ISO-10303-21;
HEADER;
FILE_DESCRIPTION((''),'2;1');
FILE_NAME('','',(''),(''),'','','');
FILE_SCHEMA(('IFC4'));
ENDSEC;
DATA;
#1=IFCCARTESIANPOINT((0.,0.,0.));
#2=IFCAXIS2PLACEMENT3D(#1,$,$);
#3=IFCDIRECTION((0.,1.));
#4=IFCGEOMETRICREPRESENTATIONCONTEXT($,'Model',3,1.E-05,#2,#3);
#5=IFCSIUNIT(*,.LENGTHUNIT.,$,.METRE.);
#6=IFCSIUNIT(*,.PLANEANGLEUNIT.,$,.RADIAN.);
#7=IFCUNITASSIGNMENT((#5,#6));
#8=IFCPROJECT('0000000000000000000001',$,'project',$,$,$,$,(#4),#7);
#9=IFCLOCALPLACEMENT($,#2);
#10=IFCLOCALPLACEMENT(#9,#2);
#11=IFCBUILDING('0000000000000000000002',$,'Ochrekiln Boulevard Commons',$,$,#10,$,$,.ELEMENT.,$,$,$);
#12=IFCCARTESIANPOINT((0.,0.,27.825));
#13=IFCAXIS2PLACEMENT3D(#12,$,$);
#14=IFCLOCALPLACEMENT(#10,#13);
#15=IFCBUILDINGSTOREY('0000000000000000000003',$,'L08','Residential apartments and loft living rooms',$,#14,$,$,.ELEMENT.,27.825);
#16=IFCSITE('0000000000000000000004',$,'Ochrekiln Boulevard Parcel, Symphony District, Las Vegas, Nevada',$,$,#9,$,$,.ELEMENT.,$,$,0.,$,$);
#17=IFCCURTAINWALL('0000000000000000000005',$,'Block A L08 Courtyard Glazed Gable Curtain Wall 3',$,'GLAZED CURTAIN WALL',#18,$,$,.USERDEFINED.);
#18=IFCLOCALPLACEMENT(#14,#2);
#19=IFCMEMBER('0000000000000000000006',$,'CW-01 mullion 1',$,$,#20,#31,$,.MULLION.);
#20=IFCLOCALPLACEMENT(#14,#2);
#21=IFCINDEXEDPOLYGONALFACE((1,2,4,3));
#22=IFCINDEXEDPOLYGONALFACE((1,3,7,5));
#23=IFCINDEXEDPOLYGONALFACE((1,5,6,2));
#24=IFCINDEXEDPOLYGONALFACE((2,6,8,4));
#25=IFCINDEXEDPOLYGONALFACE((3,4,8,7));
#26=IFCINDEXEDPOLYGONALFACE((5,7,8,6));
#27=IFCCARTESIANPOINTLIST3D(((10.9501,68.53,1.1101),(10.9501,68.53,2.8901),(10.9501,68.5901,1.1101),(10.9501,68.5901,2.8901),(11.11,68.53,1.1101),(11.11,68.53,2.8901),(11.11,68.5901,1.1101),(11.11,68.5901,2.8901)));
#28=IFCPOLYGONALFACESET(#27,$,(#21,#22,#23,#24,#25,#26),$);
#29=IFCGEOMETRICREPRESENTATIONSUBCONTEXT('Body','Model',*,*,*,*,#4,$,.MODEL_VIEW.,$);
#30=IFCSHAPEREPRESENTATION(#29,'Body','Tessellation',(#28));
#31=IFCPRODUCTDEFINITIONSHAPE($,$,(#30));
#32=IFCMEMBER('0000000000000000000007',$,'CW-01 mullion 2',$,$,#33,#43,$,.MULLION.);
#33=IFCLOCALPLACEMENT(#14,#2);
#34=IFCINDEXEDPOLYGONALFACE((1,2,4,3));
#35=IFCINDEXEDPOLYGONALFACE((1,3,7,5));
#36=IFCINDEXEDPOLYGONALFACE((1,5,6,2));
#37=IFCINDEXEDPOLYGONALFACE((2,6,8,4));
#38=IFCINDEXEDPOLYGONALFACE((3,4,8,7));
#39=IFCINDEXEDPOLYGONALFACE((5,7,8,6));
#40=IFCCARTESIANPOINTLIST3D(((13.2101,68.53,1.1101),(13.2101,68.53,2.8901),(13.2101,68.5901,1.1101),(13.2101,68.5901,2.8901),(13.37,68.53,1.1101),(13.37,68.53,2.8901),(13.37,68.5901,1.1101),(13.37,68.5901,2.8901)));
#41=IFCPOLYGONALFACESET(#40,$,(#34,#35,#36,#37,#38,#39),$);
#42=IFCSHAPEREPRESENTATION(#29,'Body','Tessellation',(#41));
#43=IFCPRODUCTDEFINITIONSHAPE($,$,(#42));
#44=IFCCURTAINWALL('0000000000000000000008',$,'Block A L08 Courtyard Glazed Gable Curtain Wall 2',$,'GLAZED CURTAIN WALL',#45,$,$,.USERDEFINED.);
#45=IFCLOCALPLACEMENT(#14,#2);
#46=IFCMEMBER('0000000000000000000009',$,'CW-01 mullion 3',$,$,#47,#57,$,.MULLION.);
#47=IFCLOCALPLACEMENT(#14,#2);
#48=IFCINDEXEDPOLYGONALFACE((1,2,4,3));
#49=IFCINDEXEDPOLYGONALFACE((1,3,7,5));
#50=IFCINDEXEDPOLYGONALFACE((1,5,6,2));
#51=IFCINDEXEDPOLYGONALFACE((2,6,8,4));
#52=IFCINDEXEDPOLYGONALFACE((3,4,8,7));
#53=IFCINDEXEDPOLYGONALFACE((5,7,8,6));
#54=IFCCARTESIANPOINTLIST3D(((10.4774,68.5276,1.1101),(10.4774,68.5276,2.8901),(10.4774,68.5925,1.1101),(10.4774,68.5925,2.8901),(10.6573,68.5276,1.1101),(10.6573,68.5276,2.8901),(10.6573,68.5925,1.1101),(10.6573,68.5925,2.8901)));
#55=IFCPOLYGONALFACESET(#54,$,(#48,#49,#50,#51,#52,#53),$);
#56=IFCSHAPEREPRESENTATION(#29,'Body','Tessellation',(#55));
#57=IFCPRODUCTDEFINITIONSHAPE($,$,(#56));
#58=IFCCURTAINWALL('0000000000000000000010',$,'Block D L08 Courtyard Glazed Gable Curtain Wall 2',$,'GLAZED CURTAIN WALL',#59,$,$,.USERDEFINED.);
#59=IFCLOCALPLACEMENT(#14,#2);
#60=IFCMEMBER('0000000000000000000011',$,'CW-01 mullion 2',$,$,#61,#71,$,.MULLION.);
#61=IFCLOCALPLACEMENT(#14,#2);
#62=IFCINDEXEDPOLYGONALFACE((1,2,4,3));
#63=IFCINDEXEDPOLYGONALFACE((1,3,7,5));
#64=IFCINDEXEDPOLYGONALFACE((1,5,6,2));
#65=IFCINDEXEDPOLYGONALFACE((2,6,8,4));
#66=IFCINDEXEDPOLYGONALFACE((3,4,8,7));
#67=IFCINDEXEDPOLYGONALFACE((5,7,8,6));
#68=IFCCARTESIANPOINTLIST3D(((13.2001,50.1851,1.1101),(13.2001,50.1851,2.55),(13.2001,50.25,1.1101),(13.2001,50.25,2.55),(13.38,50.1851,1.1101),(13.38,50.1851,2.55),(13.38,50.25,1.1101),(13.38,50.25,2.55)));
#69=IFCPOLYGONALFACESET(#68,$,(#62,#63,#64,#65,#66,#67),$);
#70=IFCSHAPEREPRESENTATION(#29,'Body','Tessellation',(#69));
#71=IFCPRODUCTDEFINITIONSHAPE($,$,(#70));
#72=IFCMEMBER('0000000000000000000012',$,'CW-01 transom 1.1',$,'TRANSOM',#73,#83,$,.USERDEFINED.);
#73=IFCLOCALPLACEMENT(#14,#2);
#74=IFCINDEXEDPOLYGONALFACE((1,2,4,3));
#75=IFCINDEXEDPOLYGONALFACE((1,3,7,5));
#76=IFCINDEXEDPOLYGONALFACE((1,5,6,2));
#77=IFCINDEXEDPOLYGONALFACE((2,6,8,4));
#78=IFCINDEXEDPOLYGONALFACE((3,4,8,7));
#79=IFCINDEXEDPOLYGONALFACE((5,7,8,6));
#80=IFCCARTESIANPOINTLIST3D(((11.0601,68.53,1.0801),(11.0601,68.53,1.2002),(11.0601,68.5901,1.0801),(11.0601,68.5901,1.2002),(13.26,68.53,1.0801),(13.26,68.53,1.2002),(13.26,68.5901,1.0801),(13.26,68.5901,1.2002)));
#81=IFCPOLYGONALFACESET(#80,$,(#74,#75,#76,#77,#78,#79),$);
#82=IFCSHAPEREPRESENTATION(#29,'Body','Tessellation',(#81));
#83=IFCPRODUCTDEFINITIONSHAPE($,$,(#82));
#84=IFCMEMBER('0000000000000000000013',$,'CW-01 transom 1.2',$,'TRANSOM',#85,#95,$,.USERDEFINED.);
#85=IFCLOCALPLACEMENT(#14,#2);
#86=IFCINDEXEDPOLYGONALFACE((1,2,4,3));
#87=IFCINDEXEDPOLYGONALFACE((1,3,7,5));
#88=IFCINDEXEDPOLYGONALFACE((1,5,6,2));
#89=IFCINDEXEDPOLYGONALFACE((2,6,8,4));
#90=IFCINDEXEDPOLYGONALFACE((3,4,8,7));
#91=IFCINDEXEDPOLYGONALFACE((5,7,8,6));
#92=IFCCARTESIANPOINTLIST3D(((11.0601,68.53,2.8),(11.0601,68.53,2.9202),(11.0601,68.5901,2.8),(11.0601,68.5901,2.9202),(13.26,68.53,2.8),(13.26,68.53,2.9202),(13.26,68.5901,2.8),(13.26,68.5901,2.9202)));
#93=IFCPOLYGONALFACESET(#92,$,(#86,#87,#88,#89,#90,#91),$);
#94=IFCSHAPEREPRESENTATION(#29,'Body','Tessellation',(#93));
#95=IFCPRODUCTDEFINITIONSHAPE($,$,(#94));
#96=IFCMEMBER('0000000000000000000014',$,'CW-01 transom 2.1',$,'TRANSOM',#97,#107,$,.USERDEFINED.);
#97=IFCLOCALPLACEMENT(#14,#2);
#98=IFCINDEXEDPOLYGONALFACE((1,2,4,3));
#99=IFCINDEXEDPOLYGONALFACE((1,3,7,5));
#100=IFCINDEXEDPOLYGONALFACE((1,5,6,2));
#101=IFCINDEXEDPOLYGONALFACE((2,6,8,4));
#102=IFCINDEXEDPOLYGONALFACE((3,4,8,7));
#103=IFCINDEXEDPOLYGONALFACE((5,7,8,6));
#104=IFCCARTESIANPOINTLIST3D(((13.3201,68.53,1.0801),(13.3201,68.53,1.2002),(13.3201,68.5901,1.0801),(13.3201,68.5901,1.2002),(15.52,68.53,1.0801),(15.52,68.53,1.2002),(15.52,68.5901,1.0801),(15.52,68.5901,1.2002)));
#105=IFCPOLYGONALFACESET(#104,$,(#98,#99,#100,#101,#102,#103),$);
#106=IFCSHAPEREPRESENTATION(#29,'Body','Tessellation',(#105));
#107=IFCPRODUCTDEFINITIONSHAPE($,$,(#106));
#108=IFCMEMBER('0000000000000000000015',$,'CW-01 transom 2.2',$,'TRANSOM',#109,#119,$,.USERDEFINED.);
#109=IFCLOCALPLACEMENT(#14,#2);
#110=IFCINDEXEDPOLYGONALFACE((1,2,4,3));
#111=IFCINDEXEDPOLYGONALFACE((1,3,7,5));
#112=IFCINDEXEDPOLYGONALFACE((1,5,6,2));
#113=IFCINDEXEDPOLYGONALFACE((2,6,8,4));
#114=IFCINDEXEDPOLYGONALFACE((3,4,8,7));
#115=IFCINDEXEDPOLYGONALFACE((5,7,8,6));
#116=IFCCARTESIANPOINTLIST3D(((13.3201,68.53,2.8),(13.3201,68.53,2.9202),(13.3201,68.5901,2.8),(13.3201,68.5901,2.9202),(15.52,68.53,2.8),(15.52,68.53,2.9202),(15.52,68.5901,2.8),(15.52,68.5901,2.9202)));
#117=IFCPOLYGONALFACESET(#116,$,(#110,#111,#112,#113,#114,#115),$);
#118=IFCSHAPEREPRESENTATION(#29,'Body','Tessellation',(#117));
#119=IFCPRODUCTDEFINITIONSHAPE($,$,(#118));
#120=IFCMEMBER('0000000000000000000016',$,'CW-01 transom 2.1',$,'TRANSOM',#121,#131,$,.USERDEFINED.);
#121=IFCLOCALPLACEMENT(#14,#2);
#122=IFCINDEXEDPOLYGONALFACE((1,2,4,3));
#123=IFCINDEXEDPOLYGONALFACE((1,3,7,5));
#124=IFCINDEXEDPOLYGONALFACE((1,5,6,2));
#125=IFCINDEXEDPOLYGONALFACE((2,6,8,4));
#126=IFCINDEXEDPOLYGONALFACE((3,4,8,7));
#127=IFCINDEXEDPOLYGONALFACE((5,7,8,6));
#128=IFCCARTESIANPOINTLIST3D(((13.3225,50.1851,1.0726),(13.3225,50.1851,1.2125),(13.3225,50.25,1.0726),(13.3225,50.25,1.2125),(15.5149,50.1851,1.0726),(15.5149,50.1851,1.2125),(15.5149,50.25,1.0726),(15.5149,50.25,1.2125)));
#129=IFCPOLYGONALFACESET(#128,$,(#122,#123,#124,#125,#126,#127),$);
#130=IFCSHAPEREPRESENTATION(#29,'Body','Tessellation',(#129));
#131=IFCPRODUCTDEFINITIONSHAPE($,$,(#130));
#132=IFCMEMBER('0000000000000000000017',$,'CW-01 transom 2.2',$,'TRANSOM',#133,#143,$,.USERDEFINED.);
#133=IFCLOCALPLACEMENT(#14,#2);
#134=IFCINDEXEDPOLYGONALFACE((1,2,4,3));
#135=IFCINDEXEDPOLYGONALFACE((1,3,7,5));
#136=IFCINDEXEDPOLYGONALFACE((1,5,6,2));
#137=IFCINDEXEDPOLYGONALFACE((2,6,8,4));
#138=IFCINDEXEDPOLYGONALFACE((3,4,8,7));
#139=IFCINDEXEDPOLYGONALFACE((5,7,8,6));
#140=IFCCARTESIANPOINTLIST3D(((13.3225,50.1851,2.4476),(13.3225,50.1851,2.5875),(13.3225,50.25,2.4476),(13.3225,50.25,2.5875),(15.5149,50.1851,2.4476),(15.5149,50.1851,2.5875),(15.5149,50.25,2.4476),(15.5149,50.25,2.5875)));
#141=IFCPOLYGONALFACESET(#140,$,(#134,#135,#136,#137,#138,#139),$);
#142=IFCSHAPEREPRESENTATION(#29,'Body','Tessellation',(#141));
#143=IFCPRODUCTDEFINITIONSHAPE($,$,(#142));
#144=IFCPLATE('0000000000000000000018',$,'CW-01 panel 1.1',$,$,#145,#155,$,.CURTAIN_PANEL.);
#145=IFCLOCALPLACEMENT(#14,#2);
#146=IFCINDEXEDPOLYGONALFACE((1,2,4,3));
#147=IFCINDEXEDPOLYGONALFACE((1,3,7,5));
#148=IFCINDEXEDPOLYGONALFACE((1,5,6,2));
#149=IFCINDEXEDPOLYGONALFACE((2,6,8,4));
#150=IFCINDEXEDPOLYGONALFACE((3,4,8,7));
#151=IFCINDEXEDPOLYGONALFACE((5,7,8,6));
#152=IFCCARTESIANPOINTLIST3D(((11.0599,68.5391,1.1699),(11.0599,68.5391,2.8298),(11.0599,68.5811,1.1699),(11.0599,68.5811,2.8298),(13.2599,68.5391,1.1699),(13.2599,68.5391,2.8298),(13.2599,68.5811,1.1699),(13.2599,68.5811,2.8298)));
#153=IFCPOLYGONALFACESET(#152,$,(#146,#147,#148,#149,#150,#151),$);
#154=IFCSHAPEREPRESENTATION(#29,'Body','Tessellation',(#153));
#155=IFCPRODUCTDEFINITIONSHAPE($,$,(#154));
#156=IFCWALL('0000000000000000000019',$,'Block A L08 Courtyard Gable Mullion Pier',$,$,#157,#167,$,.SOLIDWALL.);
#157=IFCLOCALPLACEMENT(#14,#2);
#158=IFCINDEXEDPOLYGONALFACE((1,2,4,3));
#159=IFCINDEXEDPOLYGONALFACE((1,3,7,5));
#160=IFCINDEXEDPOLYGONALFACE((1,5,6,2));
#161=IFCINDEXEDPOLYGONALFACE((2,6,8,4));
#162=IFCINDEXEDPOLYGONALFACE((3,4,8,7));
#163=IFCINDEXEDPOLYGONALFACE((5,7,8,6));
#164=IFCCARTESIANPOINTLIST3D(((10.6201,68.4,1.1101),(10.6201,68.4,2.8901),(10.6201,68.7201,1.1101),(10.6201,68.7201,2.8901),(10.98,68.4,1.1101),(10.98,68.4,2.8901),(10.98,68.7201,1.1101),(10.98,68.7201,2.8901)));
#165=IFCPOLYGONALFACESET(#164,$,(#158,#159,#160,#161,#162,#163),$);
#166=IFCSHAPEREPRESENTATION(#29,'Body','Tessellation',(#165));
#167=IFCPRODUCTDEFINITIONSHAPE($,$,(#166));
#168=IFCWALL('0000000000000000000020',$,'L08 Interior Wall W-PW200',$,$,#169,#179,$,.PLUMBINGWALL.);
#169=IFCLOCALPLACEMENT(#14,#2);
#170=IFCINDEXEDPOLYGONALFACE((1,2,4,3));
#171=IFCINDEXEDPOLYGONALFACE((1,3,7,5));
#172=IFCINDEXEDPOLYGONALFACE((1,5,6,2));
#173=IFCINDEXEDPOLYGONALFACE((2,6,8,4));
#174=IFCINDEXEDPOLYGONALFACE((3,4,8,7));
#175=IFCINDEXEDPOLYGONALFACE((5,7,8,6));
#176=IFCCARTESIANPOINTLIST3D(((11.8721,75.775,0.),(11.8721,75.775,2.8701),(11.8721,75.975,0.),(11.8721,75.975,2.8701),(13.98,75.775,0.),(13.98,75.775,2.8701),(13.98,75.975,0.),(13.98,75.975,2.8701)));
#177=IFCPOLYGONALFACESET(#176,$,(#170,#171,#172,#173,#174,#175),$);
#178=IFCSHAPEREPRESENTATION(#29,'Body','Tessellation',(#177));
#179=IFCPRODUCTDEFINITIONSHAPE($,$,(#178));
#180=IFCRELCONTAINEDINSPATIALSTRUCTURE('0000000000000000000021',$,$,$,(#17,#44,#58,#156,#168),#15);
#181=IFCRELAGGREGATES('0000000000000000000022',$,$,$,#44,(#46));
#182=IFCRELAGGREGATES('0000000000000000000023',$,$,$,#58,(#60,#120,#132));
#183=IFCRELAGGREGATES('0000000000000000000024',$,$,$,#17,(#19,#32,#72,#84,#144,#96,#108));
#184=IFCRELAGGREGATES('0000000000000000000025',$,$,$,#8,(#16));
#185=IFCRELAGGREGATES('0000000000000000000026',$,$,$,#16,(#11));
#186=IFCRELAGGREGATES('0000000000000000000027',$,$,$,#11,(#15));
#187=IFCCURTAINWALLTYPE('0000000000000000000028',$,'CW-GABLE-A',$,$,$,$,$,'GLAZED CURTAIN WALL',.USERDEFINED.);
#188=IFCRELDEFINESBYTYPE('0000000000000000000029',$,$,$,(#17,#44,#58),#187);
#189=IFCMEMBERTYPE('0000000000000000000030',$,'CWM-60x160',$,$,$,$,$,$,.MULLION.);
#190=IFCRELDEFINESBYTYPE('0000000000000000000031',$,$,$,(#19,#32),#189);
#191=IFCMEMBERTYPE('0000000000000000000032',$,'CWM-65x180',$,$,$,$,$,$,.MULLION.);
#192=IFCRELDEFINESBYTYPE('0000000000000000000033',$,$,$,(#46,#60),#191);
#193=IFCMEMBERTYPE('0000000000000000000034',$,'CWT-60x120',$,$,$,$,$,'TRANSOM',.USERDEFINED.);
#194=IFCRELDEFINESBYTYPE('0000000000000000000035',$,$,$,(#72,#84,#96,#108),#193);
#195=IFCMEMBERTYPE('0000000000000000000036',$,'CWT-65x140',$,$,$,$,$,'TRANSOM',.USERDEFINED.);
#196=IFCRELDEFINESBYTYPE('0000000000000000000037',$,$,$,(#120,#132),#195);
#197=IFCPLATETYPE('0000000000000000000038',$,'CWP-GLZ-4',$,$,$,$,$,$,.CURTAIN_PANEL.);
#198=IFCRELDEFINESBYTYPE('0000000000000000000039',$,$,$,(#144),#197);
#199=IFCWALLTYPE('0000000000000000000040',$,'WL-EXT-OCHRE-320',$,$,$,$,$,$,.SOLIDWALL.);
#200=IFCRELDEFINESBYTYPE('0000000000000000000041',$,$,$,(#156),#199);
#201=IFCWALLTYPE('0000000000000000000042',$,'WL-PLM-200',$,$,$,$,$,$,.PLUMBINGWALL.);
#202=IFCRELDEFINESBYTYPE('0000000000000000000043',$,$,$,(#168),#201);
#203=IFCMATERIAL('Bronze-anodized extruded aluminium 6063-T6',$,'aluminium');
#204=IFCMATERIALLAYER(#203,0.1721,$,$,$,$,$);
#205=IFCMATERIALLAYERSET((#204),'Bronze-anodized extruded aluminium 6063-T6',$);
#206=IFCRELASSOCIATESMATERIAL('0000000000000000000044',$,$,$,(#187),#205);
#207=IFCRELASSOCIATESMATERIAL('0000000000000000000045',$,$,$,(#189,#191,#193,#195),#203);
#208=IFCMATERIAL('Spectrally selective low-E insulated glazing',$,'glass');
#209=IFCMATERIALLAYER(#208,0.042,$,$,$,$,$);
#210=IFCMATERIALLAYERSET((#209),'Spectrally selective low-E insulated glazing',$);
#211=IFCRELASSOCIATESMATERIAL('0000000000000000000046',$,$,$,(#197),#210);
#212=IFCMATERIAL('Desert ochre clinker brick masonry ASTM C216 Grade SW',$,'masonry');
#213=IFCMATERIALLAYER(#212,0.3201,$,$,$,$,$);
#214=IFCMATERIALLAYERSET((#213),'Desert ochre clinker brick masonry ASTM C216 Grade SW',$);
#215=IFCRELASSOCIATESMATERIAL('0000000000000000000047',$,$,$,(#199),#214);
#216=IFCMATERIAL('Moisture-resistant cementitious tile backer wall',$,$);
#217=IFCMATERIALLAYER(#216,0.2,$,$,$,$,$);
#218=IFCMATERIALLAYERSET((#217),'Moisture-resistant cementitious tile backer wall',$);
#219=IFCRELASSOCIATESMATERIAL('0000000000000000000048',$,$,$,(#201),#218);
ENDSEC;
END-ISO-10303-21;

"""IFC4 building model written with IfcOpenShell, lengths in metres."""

from ifc_helpers import new_model, si_unit, direction, frame, frame_2d, origin, origin_2d, place, context, subcontext, project, spatial, rectangle, extrude, material, layer, layer_set, material_profile, profile_set, type_object, element, aggregate, save


model = new_model("IFC4")

# Units and contexts
model_context = context("Model", 3, precision=1e-05, world=origin(), true_north=direction((0.0, 1.0)))
body_context = subcontext(model_context, "Body", "Model", "MODEL_VIEW")
ifc_project = project(units=[si_unit("LENGTHUNIT", "METRE"), si_unit("PLANEANGLEUNIT", "RADIAN")], contexts=[model_context])

# Site, building, storey
site_placement = place(None, origin())
site = spatial("IfcSite", under=ifc_project, at=site_placement, Name="Ochrekiln Boulevard Parcel, Symphony District, Las Vegas, Nevada", CompositionType="ELEMENT", RefElevation=0.0)
building_placement = place(site_placement, origin())
building = spatial("IfcBuilding", under=site, at=building_placement, Name="Ochrekiln Boulevard Commons", CompositionType="ELEMENT")
storey_placement = place(building_placement, frame((0.0, 0.0, 27.825)))
storey = spatial("IfcBuildingStorey", under=building, at=storey_placement, Name="L08", Description="Residential apartments and loft living rooms", CompositionType="ELEMENT", Elevation=27.825)

# Curtain wall, members
ifc_material_1 = material(Name="Bronze-anodized extruded aluminium 6063-T6", Category="aluminium")
ifc_layer_1 = layer(ifc_material_1, 0.1721)
ifc_layer_set_1 = layer_set([ifc_layer_1], Name="Bronze-anodized extruded aluminium 6063-T6")
curtain_wall_type = type_object("IfcCurtainWallType", Name="CW-GABLE-A", ElementType="GLAZED CURTAIN WALL", PredefinedType="USERDEFINED", material=ifc_layer_set_1)
curtain_wall_1_placement = place(storey_placement, origin())
curtain_wall_1 = element("IfcCurtainWall", 1, at=curtain_wall_1_placement, inside=storey, type_object=curtain_wall_type, Name="Block A L08 Courtyard Glazed Gable Curtain Wall 3", ObjectType="GLAZED CURTAIN WALL", PredefinedType="USERDEFINED")
ifc_material_profile_1 = material_profile(ifc_material_1, rectangle(XDim=0.0601, YDim=0.1599, at=origin_2d()), Name="ALU-MUL-60x160")
ifc_profile_set_1 = profile_set([ifc_material_profile_1], Name="Bronze-anodized extruded aluminium 6063-T6")
member_type_1 = type_object("IfcMemberType", Name="CWM-60x160", PredefinedType="MULLION", material=ifc_profile_set_1)
member_1_placement = place(storey_placement, frame((11.03, 68.5601, 1.1101), z_axis=(0.0, 0.0, 1.0), x_axis=(0.0, 1.0, 0.0)))
member_1 = element("IfcMember", 2, at=member_1_placement, type_object=member_type_1, Name="CW-01 mullion 1", PredefinedType="MULLION", context=body_context, shape_type="SweptSolid", body=[
    extrude(rectangle(XDim=0.0601, YDim=0.1599, at=origin_2d()), origin(), (0.0, 0.0, 1.0), 1.78),
])
member_2_placement = place(storey_placement, frame((13.29, 68.5601, 1.1101), z_axis=(0.0, 0.0, 1.0), x_axis=(0.0, 1.0, 0.0)))
member_2 = element("IfcMember", 3, at=member_2_placement, type_object=member_type_1, Name="CW-01 mullion 2", PredefinedType="MULLION", context=body_context, shape_type="SweptSolid", body=[
    extrude(rectangle(XDim=0.0601, YDim=0.1599, at=origin_2d()), origin(), (0.0, 0.0, 1.0), 1.78),
])

# Curtain walls, members
curtain_wall_2_placement = place(storey_placement, origin())
curtain_wall_2 = element("IfcCurtainWall", 4, at=curtain_wall_2_placement, inside=storey, type_object=curtain_wall_type, Name="Block A L08 Courtyard Glazed Gable Curtain Wall 2", ObjectType="GLAZED CURTAIN WALL", PredefinedType="USERDEFINED")
ifc_material_profile_2 = material_profile(ifc_material_1, rectangle(XDim=0.0649, YDim=0.1799, at=origin_2d()), Name="ALU-MUL-65x180")
ifc_profile_set_2 = profile_set([ifc_material_profile_2], Name="Bronze-anodized extruded aluminium 6063-T6")
member_type_2 = type_object("IfcMemberType", Name="CWM-65x180", PredefinedType="MULLION", material=ifc_profile_set_2)
member_3_placement = place(storey_placement, frame((10.5674, 68.5601, 1.1101), z_axis=(0.0, 0.0, 1.0), x_axis=(0.0, 1.0, 0.0)))
member_3 = element("IfcMember", 5, at=member_3_placement, type_object=member_type_2, Name="CW-01 mullion 3", PredefinedType="MULLION", context=body_context, shape_type="SweptSolid", body=[
    extrude(rectangle(XDim=0.0649, YDim=0.1799, at=origin_2d()), origin(), (0.0, 0.0, 1.0), 1.78),
])
aggregate(curtain_wall_2, [member_3])
curtain_wall_3_placement = place(storey_placement, origin())
curtain_wall_3 = element("IfcCurtainWall", 6, at=curtain_wall_3_placement, inside=storey, type_object=curtain_wall_type, Name="Block D L08 Courtyard Glazed Gable Curtain Wall 2", ObjectType="GLAZED CURTAIN WALL", PredefinedType="USERDEFINED")
member_4_placement = place(storey_placement, frame((13.29, 50.2175, 1.1101), z_axis=(0.0, 0.0, 1.0), x_axis=(0.0, 1.0, 0.0)))
member_4 = element("IfcMember", 7, at=member_4_placement, type_object=member_type_2, Name="CW-01 mullion 2", PredefinedType="MULLION", context=body_context, shape_type="SweptSolid", body=[
    extrude(rectangle(XDim=0.0649, YDim=0.1799, at=origin_2d()), origin(), (0.0, 0.0, 1.0), 1.4399),
])

# Members
ifc_material_profile_3 = material_profile(ifc_material_1, rectangle(XDim=0.0601, YDim=0.1201, at=origin_2d()), Name="ALU-TRN-60x120")
ifc_profile_set_3 = profile_set([ifc_material_profile_3], Name="Bronze-anodized extruded aluminium 6063-T6")
member_type_3 = type_object("IfcMemberType", Name="CWT-60x120", ElementType="TRANSOM", PredefinedType="USERDEFINED", material=ifc_profile_set_3)
member_5_placement = place(storey_placement, frame((11.0601, 68.5601, 1.1401), z_axis=(1.0, 0.0, 0.0), x_axis=(0.0, 1.0, 0.0)))
member_5 = element("IfcMember", 8, at=member_5_placement, type_object=member_type_3, Name="CW-01 transom 1.1", ObjectType="TRANSOM", PredefinedType="USERDEFINED", context=body_context, shape_type="SweptSolid", body=[
    extrude(rectangle(XDim=0.0601, YDim=0.1201, at=origin_2d()), origin(), (0.0, 0.0, 1.0), 2.2),
])
member_6_placement = place(storey_placement, frame((11.0601, 68.5601, 2.8601), z_axis=(1.0, 0.0, 0.0), x_axis=(0.0, 1.0, 0.0)))
member_6 = element("IfcMember", 9, at=member_6_placement, type_object=member_type_3, Name="CW-01 transom 1.2", ObjectType="TRANSOM", PredefinedType="USERDEFINED", context=body_context, shape_type="SweptSolid", body=[
    extrude(rectangle(XDim=0.0601, YDim=0.1201, at=origin_2d()), origin(), (0.0, 0.0, 1.0), 2.2),
])
member_7_placement = place(storey_placement, frame((13.3201, 68.5601, 1.1401), z_axis=(1.0, 0.0, 0.0), x_axis=(0.0, 1.0, 0.0)))
member_7 = element("IfcMember", 10, at=member_7_placement, type_object=member_type_3, Name="CW-01 transom 2.1", ObjectType="TRANSOM", PredefinedType="USERDEFINED", context=body_context, shape_type="SweptSolid", body=[
    extrude(rectangle(XDim=0.0601, YDim=0.1201, at=origin_2d()), origin(), (0.0, 0.0, 1.0), 2.2),
])
member_8_placement = place(storey_placement, frame((13.3201, 68.5601, 2.8601), z_axis=(1.0, 0.0, 0.0), x_axis=(0.0, 1.0, 0.0)))
member_8 = element("IfcMember", 11, at=member_8_placement, type_object=member_type_3, Name="CW-01 transom 2.2", ObjectType="TRANSOM", PredefinedType="USERDEFINED", context=body_context, shape_type="SweptSolid", body=[
    extrude(rectangle(XDim=0.0601, YDim=0.1201, at=origin_2d()), origin(), (0.0, 0.0, 1.0), 2.2),
])
ifc_material_profile_4 = material_profile(ifc_material_1, rectangle(XDim=0.0649, YDim=0.1399, at=origin_2d()), Name="ALU-TRN-65x140")
ifc_profile_set_4 = profile_set([ifc_material_profile_4], Name="Bronze-anodized extruded aluminium 6063-T6")
member_type_4 = type_object("IfcMemberType", Name="CWT-65x140", ElementType="TRANSOM", PredefinedType="USERDEFINED", material=ifc_profile_set_4)
member_9_placement = place(storey_placement, frame((13.3225, 50.2175, 1.1426), z_axis=(1.0, 0.0, 0.0), x_axis=(0.0, 1.0, 0.0)))
member_9 = element("IfcMember", 12, at=member_9_placement, type_object=member_type_4, Name="CW-01 transom 2.1", ObjectType="TRANSOM", PredefinedType="USERDEFINED", context=body_context, shape_type="SweptSolid", body=[
    extrude(rectangle(XDim=0.0649, YDim=0.1399, at=origin_2d()), origin(), (0.0, 0.0, 1.0), 2.1924),
])
member_10_placement = place(storey_placement, frame((13.3225, 50.2175, 2.5176), z_axis=(1.0, 0.0, 0.0), x_axis=(0.0, 1.0, 0.0)))
member_10 = element("IfcMember", 13, at=member_10_placement, type_object=member_type_4, Name="CW-01 transom 2.2", ObjectType="TRANSOM", PredefinedType="USERDEFINED", context=body_context, shape_type="SweptSolid", body=[
    extrude(rectangle(XDim=0.0649, YDim=0.1399, at=origin_2d()), origin(), (0.0, 0.0, 1.0), 2.1924),
])
aggregate(curtain_wall_3, [member_4, member_9, member_10])

# Plate
ifc_material_2 = material(Name="Spectrally selective low-E insulated glazing", Category="glass")
ifc_layer_2 = layer(ifc_material_2, 0.042)
ifc_layer_set_2 = layer_set([ifc_layer_2], Name="Spectrally selective low-E insulated glazing")
plate_type = type_object("IfcPlateType", Name="CWP-GLZ-4", PredefinedType="CURTAIN_PANEL", material=ifc_layer_set_2)
plate_placement = place(storey_placement, frame((12.1599, 68.5601, 1.1699), z_axis=(0.0, 0.0, 1.0), x_axis=(1.0, 0.0, 0.0)))
plate = element("IfcPlate", 14, at=plate_placement, type_object=plate_type, Name="CW-01 panel 1.1", PredefinedType="CURTAIN_PANEL", context=body_context, shape_type="SweptSolid", body=[
    extrude(rectangle(XDim=2.2, YDim=0.042, at=origin_2d()), origin(), (0.0, 0.0, 1.0), 1.6599),
])
aggregate(curtain_wall_1, [member_1, member_2, member_5, member_6, plate, member_7, member_8])

# Walls
ifc_material_3 = material(Name="Desert ochre clinker brick masonry ASTM C216 Grade SW", Category="masonry")
ifc_layer_3 = layer(ifc_material_3, 0.3201)
ifc_layer_set_3 = layer_set([ifc_layer_3], Name="Desert ochre clinker brick masonry ASTM C216 Grade SW")
wall_type_1 = type_object("IfcWallType", Name="WL-EXT-OCHRE-320", PredefinedType="SOLIDWALL", material=ifc_layer_set_3)
wall_1_placement = place(storey_placement, frame((10.6201, 68.5601, 1.1101), z_axis=(0.0, 0.0, 1.0), x_axis=(1.0, 0.0, 0.0)))
element("IfcWall", 15, at=wall_1_placement, inside=storey, type_object=wall_type_1, Name="Block A L08 Courtyard Gable Mullion Pier", PredefinedType="SOLIDWALL", context=body_context, shape_type="SweptSolid", body=[
    extrude(rectangle(XDim=0.3599, YDim=0.3201, at=frame_2d((0.1799, 0.0))), origin(), (0.0, 0.0, 1.0), 1.78),
])
ifc_material_4 = material(Name="Moisture-resistant cementitious tile backer wall")
ifc_layer_4 = layer(ifc_material_4, 0.2)
ifc_layer_set_4 = layer_set([ifc_layer_4], Name="Moisture-resistant cementitious tile backer wall")
wall_type_2 = type_object("IfcWallType", Name="WL-PLM-200", PredefinedType="PLUMBINGWALL", material=ifc_layer_set_4)
wall_2_placement = place(storey_placement, frame((11.8721, 75.875, 0.0), z_axis=(0.0, 0.0, 1.0), x_axis=(1.0, 0.0, 0.0)))
element("IfcWall", 16, at=wall_2_placement, inside=storey, type_object=wall_type_2, Name="L08 Interior Wall W-PW200", PredefinedType="PLUMBINGWALL", context=body_context, shape_type="SweptSolid", body=[
    extrude(rectangle(XDim=2.1079, YDim=0.2, at=frame_2d((1.054, 0.0))), origin(), (0.0, 0.0, 1.0), 2.8701),
])

save(model, "model.ifc")
